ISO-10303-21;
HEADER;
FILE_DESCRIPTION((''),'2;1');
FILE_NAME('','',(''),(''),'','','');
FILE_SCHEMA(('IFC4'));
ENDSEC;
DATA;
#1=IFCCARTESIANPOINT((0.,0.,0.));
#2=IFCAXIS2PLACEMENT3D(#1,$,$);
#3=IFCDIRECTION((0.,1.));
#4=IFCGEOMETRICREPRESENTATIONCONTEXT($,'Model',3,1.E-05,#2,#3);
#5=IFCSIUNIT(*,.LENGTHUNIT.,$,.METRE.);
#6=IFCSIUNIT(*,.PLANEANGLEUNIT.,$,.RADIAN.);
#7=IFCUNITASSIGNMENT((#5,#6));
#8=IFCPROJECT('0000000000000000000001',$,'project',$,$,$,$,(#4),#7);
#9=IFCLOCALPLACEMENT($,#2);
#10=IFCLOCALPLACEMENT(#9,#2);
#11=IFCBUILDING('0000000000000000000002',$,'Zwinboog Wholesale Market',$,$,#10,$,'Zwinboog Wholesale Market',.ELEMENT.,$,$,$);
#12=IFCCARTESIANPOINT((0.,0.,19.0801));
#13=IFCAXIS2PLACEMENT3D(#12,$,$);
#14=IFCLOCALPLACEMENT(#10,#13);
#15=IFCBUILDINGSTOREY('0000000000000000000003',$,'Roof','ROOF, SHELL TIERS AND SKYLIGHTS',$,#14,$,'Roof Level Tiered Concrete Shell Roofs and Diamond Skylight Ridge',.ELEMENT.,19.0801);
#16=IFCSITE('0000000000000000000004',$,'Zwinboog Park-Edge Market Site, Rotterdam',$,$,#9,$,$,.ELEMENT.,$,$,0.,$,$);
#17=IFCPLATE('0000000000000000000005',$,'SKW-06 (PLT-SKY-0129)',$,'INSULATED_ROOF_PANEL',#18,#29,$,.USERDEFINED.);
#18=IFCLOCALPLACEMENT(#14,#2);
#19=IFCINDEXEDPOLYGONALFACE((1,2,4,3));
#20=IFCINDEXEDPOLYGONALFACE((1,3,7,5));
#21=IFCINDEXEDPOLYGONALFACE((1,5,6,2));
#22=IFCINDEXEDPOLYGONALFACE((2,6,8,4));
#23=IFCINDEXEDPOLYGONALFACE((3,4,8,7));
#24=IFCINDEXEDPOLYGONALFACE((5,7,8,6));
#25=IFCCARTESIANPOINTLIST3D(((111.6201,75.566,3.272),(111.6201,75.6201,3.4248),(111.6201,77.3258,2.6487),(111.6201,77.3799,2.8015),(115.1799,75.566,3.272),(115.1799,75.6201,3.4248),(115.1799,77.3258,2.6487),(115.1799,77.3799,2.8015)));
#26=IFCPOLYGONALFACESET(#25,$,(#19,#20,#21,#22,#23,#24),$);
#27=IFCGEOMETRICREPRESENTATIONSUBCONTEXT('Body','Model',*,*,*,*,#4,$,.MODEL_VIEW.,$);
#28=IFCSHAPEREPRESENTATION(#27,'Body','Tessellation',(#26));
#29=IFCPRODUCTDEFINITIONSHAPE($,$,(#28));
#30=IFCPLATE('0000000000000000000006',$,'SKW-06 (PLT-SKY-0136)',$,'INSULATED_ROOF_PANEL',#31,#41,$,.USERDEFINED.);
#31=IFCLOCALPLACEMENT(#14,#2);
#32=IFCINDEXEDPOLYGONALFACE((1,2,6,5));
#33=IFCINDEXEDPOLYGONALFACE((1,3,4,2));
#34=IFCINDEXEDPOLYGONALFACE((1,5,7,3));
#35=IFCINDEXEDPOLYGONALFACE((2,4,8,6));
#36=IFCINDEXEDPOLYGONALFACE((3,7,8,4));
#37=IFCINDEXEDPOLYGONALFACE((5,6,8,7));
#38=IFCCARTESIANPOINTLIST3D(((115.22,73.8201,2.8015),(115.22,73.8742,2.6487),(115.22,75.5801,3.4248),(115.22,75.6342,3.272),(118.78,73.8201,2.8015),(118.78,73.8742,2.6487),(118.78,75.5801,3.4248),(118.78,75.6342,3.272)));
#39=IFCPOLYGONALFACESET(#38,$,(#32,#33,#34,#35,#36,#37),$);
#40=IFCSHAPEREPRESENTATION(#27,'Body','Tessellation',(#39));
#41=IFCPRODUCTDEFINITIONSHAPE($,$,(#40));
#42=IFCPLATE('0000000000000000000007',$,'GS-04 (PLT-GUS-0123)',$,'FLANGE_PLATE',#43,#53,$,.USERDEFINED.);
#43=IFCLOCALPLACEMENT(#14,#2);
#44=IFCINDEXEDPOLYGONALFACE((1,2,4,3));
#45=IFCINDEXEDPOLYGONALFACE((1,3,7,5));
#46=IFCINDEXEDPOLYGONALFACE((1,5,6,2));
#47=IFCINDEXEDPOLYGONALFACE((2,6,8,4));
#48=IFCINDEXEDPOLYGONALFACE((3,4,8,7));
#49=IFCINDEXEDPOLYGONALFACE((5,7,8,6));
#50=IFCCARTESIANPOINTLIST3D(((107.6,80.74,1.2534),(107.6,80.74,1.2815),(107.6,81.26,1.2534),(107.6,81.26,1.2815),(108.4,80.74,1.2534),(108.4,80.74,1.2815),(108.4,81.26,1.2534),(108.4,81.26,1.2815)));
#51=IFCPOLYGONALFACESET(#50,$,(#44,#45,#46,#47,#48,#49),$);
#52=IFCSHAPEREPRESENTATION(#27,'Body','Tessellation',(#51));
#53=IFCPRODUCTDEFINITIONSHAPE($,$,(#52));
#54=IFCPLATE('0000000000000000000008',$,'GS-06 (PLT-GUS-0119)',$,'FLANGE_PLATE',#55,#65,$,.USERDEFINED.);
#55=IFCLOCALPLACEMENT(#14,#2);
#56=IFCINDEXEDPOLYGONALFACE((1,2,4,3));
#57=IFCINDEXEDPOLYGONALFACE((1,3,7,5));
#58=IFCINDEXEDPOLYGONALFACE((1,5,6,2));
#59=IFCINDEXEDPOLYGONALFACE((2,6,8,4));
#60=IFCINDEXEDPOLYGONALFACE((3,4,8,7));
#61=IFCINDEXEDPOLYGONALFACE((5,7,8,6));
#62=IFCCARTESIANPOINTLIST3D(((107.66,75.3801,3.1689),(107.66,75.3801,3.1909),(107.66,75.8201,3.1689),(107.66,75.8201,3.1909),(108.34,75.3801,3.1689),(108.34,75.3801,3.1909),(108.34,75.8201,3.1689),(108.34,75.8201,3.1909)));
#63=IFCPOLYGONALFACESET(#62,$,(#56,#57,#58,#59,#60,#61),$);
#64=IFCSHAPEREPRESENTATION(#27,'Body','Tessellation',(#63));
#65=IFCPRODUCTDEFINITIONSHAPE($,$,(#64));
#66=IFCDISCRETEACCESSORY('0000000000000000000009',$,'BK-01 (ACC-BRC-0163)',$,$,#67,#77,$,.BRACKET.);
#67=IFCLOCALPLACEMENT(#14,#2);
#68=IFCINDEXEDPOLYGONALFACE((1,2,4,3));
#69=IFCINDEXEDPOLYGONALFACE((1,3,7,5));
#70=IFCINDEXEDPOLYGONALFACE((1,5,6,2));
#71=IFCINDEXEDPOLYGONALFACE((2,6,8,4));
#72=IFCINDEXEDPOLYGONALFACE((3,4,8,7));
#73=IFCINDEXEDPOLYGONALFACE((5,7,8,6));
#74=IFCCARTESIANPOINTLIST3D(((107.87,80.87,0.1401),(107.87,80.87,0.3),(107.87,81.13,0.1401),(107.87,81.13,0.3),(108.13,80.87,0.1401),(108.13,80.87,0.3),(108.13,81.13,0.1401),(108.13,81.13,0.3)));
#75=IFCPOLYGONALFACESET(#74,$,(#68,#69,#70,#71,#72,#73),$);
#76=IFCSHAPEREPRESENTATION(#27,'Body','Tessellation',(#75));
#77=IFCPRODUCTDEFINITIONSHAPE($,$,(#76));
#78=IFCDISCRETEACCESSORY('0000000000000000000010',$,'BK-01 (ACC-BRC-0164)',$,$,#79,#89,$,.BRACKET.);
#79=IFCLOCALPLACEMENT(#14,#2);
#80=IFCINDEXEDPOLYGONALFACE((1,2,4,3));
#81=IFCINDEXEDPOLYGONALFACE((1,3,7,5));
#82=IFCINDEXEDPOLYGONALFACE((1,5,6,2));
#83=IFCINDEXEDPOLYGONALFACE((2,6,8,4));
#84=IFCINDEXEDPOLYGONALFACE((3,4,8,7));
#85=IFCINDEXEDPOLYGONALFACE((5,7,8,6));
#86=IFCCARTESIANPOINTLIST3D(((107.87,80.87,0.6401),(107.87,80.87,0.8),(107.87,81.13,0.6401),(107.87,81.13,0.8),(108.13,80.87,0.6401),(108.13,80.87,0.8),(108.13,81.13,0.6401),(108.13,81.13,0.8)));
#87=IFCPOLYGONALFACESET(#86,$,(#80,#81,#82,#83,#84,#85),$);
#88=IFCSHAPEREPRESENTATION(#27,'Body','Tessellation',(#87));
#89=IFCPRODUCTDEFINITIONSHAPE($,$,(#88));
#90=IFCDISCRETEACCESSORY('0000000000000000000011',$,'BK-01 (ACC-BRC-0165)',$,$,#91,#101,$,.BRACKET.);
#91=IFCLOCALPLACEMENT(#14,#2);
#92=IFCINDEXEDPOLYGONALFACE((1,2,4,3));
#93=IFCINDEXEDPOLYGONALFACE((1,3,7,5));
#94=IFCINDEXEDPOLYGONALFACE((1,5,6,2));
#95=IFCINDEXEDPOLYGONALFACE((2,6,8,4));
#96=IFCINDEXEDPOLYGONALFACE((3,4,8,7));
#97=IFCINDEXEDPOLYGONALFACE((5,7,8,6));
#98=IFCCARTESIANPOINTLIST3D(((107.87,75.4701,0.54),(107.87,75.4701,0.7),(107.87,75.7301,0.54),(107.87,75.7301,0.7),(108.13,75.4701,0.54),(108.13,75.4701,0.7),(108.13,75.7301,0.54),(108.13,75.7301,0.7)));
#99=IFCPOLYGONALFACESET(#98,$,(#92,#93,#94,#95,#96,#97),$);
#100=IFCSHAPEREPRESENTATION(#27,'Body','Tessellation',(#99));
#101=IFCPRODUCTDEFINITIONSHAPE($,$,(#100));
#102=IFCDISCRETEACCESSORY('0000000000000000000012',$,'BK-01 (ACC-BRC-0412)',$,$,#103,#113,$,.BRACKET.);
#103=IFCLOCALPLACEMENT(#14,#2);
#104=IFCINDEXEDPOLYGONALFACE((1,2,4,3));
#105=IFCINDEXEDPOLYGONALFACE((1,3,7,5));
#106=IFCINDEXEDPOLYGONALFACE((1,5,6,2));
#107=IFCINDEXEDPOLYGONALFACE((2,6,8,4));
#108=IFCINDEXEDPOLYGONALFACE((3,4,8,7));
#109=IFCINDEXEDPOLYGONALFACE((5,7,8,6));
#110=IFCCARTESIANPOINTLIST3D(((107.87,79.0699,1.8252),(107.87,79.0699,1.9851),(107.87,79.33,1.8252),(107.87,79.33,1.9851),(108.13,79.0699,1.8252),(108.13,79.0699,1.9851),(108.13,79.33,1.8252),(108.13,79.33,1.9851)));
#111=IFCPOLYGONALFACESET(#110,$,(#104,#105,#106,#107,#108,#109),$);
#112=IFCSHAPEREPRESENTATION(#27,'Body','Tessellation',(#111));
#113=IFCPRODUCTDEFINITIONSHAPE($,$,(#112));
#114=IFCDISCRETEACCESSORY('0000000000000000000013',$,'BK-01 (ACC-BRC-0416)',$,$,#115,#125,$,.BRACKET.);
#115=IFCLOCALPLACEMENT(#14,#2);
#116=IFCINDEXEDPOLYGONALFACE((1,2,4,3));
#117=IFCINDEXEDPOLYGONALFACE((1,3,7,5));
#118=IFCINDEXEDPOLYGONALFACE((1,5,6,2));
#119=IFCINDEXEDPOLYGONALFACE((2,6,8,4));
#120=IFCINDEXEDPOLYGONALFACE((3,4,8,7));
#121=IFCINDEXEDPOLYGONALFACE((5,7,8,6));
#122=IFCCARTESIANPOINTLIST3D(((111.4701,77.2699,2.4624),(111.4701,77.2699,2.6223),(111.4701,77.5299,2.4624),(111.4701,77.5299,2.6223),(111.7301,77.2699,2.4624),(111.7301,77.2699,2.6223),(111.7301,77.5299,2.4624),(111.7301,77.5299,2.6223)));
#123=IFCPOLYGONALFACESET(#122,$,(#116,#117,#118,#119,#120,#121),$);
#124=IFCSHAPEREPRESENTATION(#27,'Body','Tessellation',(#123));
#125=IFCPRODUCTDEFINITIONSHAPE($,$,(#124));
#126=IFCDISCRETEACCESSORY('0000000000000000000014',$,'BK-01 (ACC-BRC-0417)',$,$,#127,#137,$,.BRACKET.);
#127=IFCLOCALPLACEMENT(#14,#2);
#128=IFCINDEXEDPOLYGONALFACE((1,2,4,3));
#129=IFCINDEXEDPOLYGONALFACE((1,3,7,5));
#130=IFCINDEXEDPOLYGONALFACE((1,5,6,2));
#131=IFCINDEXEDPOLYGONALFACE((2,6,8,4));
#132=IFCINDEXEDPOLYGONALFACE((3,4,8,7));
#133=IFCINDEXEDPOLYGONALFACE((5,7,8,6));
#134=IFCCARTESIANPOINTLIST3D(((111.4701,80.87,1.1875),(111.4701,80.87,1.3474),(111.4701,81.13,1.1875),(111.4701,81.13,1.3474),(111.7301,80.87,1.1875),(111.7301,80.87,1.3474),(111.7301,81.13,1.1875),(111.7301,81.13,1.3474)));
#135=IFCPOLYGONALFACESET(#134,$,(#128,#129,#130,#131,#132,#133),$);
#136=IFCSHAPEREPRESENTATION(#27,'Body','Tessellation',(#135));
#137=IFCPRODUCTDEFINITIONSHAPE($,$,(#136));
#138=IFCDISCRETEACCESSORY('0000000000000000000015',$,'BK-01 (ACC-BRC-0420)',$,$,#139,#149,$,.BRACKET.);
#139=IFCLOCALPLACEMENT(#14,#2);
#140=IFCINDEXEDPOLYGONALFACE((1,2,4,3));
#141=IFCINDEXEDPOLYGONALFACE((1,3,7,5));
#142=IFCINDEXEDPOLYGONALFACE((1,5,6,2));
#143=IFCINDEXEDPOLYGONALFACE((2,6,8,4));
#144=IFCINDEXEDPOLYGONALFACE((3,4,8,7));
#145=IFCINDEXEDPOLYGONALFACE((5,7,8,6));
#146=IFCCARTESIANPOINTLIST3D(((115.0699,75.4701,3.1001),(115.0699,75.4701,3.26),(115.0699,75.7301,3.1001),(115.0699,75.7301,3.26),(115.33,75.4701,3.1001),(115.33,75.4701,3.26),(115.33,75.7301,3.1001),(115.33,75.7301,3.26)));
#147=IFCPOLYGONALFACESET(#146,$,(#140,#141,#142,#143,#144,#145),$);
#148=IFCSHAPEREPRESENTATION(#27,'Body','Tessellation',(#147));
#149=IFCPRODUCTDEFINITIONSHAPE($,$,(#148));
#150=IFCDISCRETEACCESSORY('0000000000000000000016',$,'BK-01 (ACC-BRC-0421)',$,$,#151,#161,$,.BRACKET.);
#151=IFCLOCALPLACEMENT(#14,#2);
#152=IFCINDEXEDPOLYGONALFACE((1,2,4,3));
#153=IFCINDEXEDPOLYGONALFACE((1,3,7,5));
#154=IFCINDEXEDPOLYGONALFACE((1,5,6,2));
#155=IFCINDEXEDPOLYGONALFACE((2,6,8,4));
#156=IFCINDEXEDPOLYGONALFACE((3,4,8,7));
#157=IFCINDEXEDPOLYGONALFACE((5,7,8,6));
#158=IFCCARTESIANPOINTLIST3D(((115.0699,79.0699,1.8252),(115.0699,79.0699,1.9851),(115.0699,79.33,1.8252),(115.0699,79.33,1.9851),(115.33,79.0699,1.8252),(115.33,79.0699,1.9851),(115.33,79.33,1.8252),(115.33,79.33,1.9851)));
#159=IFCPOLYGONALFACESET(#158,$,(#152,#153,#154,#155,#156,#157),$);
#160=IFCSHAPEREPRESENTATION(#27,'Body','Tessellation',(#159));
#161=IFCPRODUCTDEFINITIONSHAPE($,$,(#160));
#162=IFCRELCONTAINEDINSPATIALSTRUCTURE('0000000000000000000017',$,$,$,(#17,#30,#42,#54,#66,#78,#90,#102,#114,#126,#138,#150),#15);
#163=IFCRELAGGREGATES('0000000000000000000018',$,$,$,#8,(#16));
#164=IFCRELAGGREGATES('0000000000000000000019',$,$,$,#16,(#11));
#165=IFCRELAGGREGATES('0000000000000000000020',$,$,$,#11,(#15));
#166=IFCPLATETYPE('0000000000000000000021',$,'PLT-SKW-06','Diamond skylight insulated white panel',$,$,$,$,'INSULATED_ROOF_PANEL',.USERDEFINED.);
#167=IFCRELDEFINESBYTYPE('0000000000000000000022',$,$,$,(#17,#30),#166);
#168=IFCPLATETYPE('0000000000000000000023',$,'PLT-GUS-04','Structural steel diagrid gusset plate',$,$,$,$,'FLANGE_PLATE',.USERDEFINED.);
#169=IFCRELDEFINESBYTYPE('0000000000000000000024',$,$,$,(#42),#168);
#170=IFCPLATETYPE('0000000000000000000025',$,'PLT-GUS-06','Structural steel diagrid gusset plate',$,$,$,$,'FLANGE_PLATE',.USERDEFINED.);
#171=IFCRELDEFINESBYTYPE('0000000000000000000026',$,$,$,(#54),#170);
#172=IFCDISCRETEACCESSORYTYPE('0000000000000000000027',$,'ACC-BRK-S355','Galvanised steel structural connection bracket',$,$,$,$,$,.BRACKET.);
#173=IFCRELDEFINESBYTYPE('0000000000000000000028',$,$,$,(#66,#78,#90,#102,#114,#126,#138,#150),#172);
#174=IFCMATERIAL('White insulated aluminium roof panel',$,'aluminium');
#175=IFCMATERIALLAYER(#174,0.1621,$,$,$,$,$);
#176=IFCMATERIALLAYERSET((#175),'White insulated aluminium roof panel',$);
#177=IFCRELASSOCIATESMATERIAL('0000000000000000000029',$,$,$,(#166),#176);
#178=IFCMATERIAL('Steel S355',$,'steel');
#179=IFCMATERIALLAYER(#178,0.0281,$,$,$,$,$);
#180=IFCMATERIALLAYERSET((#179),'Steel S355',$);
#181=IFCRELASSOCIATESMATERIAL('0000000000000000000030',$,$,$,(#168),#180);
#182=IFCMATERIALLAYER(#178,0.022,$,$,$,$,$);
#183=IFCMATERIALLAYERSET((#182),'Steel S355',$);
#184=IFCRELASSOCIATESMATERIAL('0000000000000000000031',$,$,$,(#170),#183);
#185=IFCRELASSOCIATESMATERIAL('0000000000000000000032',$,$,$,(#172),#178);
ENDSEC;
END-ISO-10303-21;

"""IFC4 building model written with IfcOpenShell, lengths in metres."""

from ifc_helpers import new_model, si_unit, direction, frame, origin, origin_2d, place, context, subcontext, project, spatial, polyline, rectangle, outline, extrude, material, layer, layer_set, type_object, element, save


model = new_model("IFC4")

# Units and contexts
model_context = context("Model", 3, precision=1e-05, world=origin(), true_north=direction((0.0, 1.0)))
body_context = subcontext(model_context, "Body", "Model", "MODEL_VIEW")
ifc_project = project(units=[si_unit("LENGTHUNIT", "METRE"), si_unit("PLANEANGLEUNIT", "RADIAN")], contexts=[model_context])

# Site, building, storey
site_placement = place(None, origin())
site = spatial("IfcSite", under=ifc_project, at=site_placement, Name="Zwinboog Park-Edge Market Site, Rotterdam", CompositionType="ELEMENT", RefElevation=0.0)
building_placement = place(site_placement, origin())
building = spatial("IfcBuilding", under=site, at=building_placement, Name="Zwinboog Wholesale Market", LongName="Zwinboog Wholesale Market", CompositionType="ELEMENT")
storey_placement = place(building_placement, frame((0.0, 0.0, 19.0801)))
storey = spatial("IfcBuildingStorey", under=building, at=storey_placement, Name="Roof", Description="ROOF, SHELL TIERS AND SKYLIGHTS", LongName="Roof Level Tiered Concrete Shell Roofs and Diamond Skylight Ridge", CompositionType="ELEMENT", Elevation=19.0801)

# Shared definitions
ifc_material_1 = material(Name="Steel S355", Category="steel")

# Plates
ifc_material_2 = material(Name="White insulated aluminium roof panel", Category="aluminium")
ifc_layer_1 = layer(ifc_material_2, 0.1621)
ifc_layer_set_1 = layer_set([ifc_layer_1], Name="White insulated aluminium roof panel")
plate_type_1 = type_object("IfcPlateType", Name="PLT-SKW-06", Description="Diamond skylight insulated white panel", ElementType="INSULATED_ROOF_PANEL", PredefinedType="USERDEFINED", material=ifc_layer_set_1)
plate_1_placement = place(storey_placement, frame((111.6201, 75.6201, 3.4248), z_axis=(0.0, 0.333867, 0.94262), x_axis=(1.0, 0.0, 0.0)))
element("IfcPlate", 1, at=plate_1_placement, inside=storey, type_object=plate_type_1, Name="SKW-06 (PLT-SKY-0129)", ObjectType="INSULATED_ROOF_PANEL", PredefinedType="USERDEFINED", context=body_context, shape_type="SweptSolid", body=[
    extrude(outline(polyline([(0.0, 0.0), (3.5598, 0.0), (3.5598, 1.8669), (0.0, 1.8669), (0.0, 0.0)])), origin(), (0.0, 0.0, -1.0), 0.1621),
])
plate_2_placement = place(storey_placement, frame((115.22, 73.8201, 2.8015), z_axis=(0.0, -0.333825, 0.942635), x_axis=(1.0, 0.0, 0.0)))
element("IfcPlate", 2, at=plate_2_placement, inside=storey, type_object=plate_type_1, Name="SKW-06 (PLT-SKY-0136)", ObjectType="INSULATED_ROOF_PANEL", PredefinedType="USERDEFINED", context=body_context, shape_type="SweptSolid", body=[
    extrude(outline(polyline([(0.0, 0.0), (3.5601, 0.0), (3.5601, 1.8671), (0.0, 1.8671), (0.0, 0.0)])), origin(), (0.0, 0.0, -1.0), 0.1621),
])
ifc_layer_2 = layer(ifc_material_1, 0.0281)
ifc_layer_set_2 = layer_set([ifc_layer_2], Name="Steel S355")
plate_type_2 = type_object("IfcPlateType", Name="PLT-GUS-04", Description="Structural steel diagrid gusset plate", ElementType="FLANGE_PLATE", PredefinedType="USERDEFINED", material=ifc_layer_set_2)
plate_3_placement = place(storey_placement, frame((108.0, 81.0, 1.2534), z_axis=(0.0, 0.0, 1.0), x_axis=(1.0, 0.0, 0.0)))
element("IfcPlate", 3, at=plate_3_placement, inside=storey, type_object=plate_type_2, Name="GS-04 (PLT-GUS-0123)", ObjectType="FLANGE_PLATE", PredefinedType="USERDEFINED", context=body_context, shape_type="SweptSolid", body=[
    extrude(rectangle(XDim=0.8, YDim=0.52, at=origin_2d()), origin(), (0.0, 0.0, 1.0), 0.0281),
])
ifc_layer_3 = layer(ifc_material_1, 0.022)
ifc_layer_set_3 = layer_set([ifc_layer_3], Name="Steel S355")
plate_type_3 = type_object("IfcPlateType", Name="PLT-GUS-06", Description="Structural steel diagrid gusset plate", ElementType="FLANGE_PLATE", PredefinedType="USERDEFINED", material=ifc_layer_set_3)
plate_4_placement = place(storey_placement, frame((108.0, 75.6001, 3.1689), z_axis=(0.0, 0.0, 1.0), x_axis=(1.0, 0.0, 0.0)))
element("IfcPlate", 4, at=plate_4_placement, inside=storey, type_object=plate_type_3, Name="GS-06 (PLT-GUS-0119)", ObjectType="FLANGE_PLATE", PredefinedType="USERDEFINED", context=body_context, shape_type="SweptSolid", body=[
    extrude(rectangle(XDim=0.6799, YDim=0.4399, at=origin_2d()), origin(), (0.0, 0.0, 1.0), 0.022),
])

# Discrete accessories
discrete_accessory_type = type_object("IfcDiscreteAccessoryType", Name="ACC-BRK-S355", Description="Galvanised steel structural connection bracket", PredefinedType="BRACKET", material=ifc_material_1)
for number, where, z_axis, x_axis, name in (
    (5, (108.0, 81.0, 0.1401), (0.0, 0.0, 1.0), (1.0, 0.0, 0.0), "BK-01 (ACC-BRC-0163)"),
    (6, (108.0, 81.0, 0.6401), (0.0, 0.0, 1.0), (1.0, 0.0, 0.0), "BK-01 (ACC-BRC-0164)"),
    (7, (108.0, 75.6001, 0.54), (0.0, 0.0, 1.0), (1.0, 0.0, 0.0), "BK-01 (ACC-BRC-0165)"),
    (8, (108.0, 79.2, 1.8252), (0.0, 0.0, 1.0), (1.0, 0.0, 0.0), "BK-01 (ACC-BRC-0412)"),
    (9, (111.6001, 77.3999, 2.4624), (0.0, 0.0, 1.0), (1.0, 0.0, 0.0), "BK-01 (ACC-BRC-0416)"),
    (10, (111.6001, 81.0, 1.1875), (0.0, 0.0, 1.0), (1.0, 0.0, 0.0), "BK-01 (ACC-BRC-0417)"),
    (11, (115.2, 75.6001, 3.1001), (0.0, 0.0, 1.0), (1.0, 0.0, 0.0), "BK-01 (ACC-BRC-0420)"),
    (12, (115.2, 79.2, 1.8252), (0.0, 0.0, 1.0), (1.0, 0.0, 0.0), "BK-01 (ACC-BRC-0421)"),
):
    element("IfcDiscreteAccessory", number, at=place(storey_placement, frame(where, z_axis=z_axis, x_axis=x_axis)), inside=storey, type_object=discrete_accessory_type, Name=name, PredefinedType="BRACKET", context=body_context, shape_type="SweptSolid", body=[
        extrude(rectangle(XDim=0.26, YDim=0.26, at=origin_2d()), origin(), (0.0, 0.0, 1.0), 0.1599),
    ])

save(model, "model.ifc")
